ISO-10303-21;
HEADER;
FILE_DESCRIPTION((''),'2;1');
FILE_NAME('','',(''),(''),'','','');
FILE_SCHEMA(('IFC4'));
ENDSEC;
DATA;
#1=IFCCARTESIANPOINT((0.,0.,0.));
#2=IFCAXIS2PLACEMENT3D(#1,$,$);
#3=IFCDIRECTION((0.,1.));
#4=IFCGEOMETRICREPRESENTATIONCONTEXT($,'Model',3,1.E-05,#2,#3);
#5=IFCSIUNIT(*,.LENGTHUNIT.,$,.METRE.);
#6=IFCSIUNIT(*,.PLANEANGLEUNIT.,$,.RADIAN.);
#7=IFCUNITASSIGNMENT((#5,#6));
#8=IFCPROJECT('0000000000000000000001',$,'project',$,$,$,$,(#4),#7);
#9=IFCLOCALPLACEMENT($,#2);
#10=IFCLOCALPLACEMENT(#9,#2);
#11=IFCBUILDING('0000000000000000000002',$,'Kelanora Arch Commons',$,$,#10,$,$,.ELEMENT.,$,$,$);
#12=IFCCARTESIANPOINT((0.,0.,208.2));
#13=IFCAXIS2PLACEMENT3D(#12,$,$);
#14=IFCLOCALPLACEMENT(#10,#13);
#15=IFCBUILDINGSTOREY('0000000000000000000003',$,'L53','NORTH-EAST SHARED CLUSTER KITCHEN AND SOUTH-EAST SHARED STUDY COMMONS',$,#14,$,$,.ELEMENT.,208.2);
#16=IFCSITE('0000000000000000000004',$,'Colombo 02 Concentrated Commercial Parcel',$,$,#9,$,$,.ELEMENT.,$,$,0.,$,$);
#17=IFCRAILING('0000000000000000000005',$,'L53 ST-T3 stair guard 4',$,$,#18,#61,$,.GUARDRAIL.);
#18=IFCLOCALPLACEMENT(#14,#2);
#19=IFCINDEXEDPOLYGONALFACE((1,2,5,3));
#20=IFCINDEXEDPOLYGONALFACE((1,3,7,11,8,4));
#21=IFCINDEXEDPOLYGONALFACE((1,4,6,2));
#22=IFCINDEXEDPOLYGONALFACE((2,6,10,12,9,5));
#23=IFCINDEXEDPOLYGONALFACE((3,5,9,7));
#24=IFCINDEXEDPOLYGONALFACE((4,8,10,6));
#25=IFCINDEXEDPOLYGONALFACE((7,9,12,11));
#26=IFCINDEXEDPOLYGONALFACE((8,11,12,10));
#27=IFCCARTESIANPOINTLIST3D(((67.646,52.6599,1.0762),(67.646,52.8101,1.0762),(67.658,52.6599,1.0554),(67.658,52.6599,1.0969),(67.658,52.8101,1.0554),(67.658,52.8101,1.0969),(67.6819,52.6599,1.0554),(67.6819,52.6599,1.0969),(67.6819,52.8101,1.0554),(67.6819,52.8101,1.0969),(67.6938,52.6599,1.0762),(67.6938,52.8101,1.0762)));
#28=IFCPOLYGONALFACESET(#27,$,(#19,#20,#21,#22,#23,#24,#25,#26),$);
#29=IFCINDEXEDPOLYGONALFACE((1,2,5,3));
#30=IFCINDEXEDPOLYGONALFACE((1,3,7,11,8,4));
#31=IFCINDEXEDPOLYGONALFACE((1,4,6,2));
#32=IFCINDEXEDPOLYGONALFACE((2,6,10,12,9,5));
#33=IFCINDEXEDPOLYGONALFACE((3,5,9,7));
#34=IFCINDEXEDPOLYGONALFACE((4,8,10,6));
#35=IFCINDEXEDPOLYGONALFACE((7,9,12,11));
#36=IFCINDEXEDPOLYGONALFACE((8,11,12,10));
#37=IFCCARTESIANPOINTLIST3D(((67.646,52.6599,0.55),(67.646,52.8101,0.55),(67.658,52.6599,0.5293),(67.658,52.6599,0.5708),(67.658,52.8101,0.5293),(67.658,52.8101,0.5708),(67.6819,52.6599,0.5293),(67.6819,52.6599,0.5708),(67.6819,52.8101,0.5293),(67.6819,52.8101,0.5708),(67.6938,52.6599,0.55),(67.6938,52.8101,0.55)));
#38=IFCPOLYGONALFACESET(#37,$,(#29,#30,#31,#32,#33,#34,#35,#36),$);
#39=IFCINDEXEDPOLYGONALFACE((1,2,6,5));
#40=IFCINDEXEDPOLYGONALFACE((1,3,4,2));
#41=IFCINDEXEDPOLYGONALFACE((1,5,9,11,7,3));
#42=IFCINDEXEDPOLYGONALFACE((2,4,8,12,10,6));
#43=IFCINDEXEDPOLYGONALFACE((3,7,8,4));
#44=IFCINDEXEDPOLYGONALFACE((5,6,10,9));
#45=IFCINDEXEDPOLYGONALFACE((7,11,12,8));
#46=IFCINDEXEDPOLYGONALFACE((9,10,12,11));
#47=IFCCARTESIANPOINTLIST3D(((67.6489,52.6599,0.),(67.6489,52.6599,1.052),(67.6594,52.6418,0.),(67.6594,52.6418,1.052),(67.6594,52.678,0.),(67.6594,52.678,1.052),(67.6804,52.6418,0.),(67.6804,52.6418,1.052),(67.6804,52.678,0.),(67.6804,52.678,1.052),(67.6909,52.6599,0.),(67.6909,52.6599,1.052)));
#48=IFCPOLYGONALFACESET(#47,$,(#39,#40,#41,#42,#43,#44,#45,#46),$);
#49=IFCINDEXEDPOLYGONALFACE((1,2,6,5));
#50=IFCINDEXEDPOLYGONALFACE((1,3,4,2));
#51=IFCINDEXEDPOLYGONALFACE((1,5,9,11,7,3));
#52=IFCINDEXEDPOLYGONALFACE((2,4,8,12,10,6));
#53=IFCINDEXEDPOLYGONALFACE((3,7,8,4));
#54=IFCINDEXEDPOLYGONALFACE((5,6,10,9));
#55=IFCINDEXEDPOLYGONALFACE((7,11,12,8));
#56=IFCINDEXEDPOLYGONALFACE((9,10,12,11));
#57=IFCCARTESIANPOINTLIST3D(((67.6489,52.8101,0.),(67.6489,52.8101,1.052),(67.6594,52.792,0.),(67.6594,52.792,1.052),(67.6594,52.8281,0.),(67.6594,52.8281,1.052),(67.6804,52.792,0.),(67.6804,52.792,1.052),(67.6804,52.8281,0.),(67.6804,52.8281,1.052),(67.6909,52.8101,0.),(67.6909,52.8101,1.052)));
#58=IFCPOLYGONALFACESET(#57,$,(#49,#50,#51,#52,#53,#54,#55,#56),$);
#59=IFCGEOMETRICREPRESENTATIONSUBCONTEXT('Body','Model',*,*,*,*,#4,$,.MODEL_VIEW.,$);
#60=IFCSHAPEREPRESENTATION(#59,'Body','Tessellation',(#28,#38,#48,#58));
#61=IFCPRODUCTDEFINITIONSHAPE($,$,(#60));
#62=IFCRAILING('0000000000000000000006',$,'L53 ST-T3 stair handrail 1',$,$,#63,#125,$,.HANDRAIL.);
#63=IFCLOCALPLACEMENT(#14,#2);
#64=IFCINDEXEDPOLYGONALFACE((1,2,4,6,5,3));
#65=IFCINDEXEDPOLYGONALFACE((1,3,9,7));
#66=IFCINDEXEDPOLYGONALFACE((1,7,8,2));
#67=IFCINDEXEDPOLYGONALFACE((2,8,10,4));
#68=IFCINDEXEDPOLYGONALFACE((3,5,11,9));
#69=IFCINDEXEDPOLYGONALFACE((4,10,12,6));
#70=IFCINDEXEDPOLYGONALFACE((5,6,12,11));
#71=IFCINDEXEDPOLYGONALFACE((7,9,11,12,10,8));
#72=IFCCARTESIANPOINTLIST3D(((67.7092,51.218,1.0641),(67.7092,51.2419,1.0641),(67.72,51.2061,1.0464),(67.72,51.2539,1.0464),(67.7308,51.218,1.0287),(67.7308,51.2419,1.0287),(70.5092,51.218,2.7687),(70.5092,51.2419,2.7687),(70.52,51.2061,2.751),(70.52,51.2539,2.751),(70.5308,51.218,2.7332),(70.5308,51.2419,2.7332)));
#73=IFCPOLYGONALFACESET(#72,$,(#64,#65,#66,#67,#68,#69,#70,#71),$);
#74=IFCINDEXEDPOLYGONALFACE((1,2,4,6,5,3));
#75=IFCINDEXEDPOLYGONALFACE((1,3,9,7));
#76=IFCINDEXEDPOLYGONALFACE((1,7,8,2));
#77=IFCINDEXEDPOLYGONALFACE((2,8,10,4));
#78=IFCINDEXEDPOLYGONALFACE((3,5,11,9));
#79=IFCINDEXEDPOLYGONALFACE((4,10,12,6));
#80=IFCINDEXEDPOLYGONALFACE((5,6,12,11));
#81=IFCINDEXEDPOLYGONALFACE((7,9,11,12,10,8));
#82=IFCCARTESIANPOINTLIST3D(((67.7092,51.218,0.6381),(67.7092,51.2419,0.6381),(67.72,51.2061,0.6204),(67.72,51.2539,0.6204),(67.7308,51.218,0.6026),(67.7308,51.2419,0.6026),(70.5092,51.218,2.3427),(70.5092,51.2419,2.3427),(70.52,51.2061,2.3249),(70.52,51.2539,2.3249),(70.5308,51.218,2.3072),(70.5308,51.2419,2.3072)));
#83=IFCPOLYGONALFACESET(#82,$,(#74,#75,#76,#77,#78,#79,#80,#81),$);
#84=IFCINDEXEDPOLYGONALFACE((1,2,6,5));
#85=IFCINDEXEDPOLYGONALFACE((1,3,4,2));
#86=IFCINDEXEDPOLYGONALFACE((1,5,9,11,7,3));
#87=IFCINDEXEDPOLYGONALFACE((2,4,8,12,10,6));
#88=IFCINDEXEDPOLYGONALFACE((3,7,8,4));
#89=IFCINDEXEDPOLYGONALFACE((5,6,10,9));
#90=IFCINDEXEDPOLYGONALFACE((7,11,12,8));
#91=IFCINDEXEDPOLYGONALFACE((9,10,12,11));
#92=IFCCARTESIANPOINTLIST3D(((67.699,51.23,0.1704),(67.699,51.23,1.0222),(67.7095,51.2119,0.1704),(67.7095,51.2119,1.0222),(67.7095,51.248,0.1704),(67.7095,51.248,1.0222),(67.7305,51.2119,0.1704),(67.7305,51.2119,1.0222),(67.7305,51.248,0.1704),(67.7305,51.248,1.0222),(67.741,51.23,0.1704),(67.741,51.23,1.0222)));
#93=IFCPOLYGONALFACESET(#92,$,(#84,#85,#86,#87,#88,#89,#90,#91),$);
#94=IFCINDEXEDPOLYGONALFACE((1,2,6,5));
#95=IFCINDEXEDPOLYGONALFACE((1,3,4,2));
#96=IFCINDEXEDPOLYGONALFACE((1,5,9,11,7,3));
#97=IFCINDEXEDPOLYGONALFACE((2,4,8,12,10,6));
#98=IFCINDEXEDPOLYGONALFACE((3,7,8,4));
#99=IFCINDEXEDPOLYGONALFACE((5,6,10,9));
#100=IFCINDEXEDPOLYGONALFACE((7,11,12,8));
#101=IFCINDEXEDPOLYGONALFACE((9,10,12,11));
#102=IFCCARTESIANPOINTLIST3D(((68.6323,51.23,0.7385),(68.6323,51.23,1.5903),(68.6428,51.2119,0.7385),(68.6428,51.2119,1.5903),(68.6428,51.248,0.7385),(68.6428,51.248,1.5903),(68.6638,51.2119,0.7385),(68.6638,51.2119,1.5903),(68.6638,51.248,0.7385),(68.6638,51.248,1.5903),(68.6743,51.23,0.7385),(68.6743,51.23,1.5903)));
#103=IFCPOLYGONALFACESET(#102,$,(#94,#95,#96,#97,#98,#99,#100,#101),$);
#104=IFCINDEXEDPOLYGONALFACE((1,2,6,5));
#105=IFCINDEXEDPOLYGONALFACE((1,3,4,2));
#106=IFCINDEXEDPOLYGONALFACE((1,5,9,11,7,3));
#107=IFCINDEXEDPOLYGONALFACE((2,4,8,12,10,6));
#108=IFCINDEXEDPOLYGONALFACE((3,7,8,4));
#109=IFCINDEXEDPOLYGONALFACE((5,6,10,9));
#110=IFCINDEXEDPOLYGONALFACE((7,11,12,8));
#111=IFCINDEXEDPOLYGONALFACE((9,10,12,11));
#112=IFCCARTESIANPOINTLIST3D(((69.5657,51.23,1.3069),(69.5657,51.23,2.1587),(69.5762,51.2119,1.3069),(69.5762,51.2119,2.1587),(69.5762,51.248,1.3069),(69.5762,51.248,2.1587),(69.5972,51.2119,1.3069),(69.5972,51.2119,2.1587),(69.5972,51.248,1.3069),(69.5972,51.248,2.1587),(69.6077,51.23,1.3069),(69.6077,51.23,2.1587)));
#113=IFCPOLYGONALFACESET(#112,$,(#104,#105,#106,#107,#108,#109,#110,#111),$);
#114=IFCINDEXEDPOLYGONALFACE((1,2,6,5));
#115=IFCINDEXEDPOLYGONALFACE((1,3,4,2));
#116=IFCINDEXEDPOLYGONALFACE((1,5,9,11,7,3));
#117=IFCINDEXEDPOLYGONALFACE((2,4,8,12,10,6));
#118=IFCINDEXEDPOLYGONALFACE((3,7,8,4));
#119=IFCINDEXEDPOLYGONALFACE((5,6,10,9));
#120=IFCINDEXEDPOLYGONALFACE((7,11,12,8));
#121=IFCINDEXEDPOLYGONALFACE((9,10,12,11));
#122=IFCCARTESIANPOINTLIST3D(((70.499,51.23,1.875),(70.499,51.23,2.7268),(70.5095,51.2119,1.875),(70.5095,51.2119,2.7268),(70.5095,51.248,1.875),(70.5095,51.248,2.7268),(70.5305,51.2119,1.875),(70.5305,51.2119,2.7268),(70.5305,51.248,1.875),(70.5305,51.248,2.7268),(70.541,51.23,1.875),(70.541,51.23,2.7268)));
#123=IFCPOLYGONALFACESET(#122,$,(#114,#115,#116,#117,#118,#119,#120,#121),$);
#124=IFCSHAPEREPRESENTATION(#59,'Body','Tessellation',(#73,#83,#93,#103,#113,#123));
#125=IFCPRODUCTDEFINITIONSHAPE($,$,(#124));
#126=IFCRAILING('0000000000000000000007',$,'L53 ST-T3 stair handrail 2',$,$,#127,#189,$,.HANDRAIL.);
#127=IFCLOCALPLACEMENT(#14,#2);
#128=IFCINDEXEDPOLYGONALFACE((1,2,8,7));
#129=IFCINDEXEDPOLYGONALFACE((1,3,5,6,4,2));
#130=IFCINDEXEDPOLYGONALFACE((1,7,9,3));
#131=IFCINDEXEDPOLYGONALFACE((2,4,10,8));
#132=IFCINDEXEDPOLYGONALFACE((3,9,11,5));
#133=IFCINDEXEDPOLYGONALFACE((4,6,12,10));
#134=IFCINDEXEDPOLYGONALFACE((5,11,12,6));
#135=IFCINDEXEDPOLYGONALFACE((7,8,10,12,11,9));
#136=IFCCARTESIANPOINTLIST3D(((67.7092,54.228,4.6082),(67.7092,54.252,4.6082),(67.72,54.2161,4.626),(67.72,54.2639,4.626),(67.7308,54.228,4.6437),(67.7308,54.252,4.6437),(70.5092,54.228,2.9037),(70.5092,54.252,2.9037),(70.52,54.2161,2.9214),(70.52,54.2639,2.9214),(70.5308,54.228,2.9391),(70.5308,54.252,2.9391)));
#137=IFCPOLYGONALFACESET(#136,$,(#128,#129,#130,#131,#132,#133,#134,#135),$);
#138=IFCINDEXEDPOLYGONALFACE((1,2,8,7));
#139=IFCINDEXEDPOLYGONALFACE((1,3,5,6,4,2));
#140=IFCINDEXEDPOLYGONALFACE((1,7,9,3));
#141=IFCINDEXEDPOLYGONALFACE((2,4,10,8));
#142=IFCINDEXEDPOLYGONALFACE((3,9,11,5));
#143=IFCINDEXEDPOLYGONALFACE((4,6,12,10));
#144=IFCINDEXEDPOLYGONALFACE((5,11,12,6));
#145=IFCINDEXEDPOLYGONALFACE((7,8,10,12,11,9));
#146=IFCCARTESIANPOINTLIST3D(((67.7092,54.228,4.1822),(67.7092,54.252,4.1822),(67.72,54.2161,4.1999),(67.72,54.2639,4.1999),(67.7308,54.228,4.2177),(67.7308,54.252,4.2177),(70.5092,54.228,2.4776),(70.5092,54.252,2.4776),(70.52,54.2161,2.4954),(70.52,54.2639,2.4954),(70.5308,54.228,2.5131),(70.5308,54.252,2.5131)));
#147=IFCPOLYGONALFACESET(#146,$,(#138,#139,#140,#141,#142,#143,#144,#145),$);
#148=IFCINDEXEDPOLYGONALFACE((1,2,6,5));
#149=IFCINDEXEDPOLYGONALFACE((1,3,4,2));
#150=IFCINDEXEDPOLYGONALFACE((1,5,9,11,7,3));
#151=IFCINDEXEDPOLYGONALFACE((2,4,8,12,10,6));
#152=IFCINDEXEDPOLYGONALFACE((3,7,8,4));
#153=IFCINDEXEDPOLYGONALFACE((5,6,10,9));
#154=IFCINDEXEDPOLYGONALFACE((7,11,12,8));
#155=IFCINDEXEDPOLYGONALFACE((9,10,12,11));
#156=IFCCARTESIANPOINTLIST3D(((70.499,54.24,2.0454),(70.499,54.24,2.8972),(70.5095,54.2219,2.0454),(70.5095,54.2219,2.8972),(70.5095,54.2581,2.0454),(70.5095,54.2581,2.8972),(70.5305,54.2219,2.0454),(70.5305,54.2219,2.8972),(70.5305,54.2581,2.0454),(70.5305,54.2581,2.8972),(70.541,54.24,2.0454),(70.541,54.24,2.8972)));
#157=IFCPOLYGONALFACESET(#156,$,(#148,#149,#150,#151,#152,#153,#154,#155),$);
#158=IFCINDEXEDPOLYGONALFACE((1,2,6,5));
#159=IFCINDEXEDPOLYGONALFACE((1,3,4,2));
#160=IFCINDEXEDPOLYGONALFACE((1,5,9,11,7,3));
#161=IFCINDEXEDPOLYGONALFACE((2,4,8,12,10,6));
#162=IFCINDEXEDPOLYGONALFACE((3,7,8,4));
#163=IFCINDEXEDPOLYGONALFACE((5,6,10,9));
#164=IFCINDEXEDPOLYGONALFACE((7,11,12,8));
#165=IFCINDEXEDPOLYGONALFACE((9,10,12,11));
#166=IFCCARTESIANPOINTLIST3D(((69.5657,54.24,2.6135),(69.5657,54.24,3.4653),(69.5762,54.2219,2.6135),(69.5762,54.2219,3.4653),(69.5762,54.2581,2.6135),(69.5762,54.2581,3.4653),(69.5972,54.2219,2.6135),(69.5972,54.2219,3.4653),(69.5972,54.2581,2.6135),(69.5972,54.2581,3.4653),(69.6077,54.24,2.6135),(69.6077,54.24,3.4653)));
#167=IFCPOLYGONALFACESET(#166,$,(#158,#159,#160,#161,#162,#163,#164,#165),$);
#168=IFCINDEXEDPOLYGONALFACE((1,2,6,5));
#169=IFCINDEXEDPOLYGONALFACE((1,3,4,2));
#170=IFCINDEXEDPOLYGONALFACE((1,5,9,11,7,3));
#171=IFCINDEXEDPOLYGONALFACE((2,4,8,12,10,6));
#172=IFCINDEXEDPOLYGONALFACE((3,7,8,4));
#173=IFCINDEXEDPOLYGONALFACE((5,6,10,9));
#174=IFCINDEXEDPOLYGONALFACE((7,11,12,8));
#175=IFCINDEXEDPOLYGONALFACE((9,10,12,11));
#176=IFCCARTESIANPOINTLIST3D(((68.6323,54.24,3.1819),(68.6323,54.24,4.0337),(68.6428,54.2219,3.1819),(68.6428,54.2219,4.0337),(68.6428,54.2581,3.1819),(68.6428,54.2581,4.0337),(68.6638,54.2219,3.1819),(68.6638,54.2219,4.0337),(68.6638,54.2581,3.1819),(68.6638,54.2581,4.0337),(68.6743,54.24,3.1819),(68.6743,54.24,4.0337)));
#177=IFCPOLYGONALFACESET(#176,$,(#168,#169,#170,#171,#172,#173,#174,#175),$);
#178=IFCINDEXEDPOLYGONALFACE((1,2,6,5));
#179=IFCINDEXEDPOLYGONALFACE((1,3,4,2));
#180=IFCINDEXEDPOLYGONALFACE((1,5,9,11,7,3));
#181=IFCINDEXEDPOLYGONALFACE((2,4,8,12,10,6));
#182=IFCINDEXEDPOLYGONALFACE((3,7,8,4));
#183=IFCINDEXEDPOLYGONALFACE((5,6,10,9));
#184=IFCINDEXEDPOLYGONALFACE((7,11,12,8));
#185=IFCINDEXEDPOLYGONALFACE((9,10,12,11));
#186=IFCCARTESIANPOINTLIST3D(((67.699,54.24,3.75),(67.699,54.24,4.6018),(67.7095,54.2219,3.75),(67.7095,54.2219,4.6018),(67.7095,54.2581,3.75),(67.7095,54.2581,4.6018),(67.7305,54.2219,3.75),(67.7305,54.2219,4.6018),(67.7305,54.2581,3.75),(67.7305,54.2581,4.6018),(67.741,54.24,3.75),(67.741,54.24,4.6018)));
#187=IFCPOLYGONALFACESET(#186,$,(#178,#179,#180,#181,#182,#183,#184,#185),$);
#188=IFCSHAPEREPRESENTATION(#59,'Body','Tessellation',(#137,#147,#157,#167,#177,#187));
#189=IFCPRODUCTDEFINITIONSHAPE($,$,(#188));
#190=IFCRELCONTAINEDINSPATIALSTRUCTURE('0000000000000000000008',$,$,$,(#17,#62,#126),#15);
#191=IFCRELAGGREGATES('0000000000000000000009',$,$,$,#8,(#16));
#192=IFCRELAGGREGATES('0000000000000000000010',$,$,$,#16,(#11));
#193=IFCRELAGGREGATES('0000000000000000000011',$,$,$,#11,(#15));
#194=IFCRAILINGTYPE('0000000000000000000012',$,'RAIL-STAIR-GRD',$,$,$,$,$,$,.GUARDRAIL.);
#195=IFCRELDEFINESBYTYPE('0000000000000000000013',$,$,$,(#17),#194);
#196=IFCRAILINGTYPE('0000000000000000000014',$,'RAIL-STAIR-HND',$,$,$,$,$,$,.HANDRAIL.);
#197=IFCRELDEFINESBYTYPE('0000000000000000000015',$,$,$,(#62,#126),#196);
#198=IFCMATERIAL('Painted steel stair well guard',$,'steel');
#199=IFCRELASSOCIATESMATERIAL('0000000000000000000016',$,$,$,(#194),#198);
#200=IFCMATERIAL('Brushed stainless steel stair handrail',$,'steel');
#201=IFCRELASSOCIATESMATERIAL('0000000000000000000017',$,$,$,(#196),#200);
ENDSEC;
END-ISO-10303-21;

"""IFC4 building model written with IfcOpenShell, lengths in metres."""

from ifc_helpers import new_model, si_unit, direction, frame, origin, place, context, subcontext, project, spatial, polyline, outline, extrude, material, type_object, element, save


model = new_model("IFC4")

# Units and contexts
model_context = context("Model", 3, precision=1e-05, world=origin(), true_north=direction((0.0, 1.0)))
body_context = subcontext(model_context, "Body", "Model", "MODEL_VIEW")
ifc_project = project(units=[si_unit("LENGTHUNIT", "METRE"), si_unit("PLANEANGLEUNIT", "RADIAN")], contexts=[model_context])

# Site, building, storey
site_placement = place(None, origin())
site = spatial("IfcSite", under=ifc_project, at=site_placement, Name="Colombo 02 Concentrated Commercial Parcel", CompositionType="ELEMENT", RefElevation=0.0)
building_placement = place(site_placement, origin())
building = spatial("IfcBuilding", under=site, at=building_placement, Name="Kelanora Arch Commons", CompositionType="ELEMENT")
storey_placement = place(building_placement, frame((0.0, 0.0, 208.2)))
storey = spatial("IfcBuildingStorey", under=building, at=storey_placement, Name="L53", Description="NORTH-EAST SHARED CLUSTER KITCHEN AND SOUTH-EAST SHARED STUDY COMMONS", CompositionType="ELEMENT", Elevation=208.2)

# Railings
ifc_material_1 = material(Name="Painted steel stair well guard", Category="steel")
railing_type_1 = type_object("IfcRailingType", Name="RAIL-STAIR-GRD", PredefinedType="GUARDRAIL", material=ifc_material_1)
railing_1_placement = place(storey_placement, frame((67.6699, 52.6599, 0.0)))
element("IfcRailing", 1, at=railing_1_placement, inside=storey, type_object=railing_type_1, Name="L53 ST-T3 stair guard 4", PredefinedType="GUARDRAIL", context=body_context, shape_type="SweptSolid", body=[
    extrude(outline(polyline([(0.0239, 0.0), (0.012, 0.0208), (-0.012, 0.0208), (-0.0239, 0.0), (-0.012, -0.0208), (0.012, -0.0208), (0.0239, 0.0)])), frame((0.0, 0.0, 1.0762), z_axis=(0.0, 1.0, 0.0), x_axis=(-1.0, 0.0, 0.0)), (0.0, 0.0, 1.0), 0.1501),
    extrude(outline(polyline([(0.0239, 0.0), (0.012, 0.0208), (-0.012, 0.0208), (-0.0239, 0.0), (-0.012, -0.0208), (0.012, -0.0208), (0.0239, 0.0)])), frame((0.0, 0.0, 0.55), z_axis=(0.0, 1.0, 0.0), x_axis=(-1.0, 0.0, 0.0)), (0.0, 0.0, 1.0), 0.1501),
    extrude(outline(polyline([(0.021, 0.0), (0.0105, 0.0181), (-0.0105, 0.0181), (-0.021, 0.0), (-0.0105, -0.0181), (0.0105, -0.0181), (0.021, 0.0)])), origin(), (0.0, 0.0, 1.0), 1.052),
    extrude(outline(polyline([(0.021, 0.0), (0.0105, 0.0181), (-0.0105, 0.0181), (-0.021, 0.0), (-0.0105, -0.0181), (0.0105, -0.0181), (0.021, 0.0)])), frame((0.0, 0.1501, 0.0)), (0.0, 0.0, 1.0), 1.052),
])
ifc_material_2 = material(Name="Brushed stainless steel stair handrail", Category="steel")
railing_type_2 = type_object("IfcRailingType", Name="RAIL-STAIR-HND", PredefinedType="HANDRAIL", material=ifc_material_2)
railing_2_placement = place(storey_placement, frame((67.72, 51.23, 0.1704)))
element("IfcRailing", 2, at=railing_2_placement, inside=storey, type_object=railing_type_2, Name="L53 ST-T3 stair handrail 1", PredefinedType="HANDRAIL", context=body_context, shape_type="SweptSolid", body=[
    extrude(outline(polyline([(0.0239, 0.0), (0.012, 0.0208), (-0.012, 0.0208), (-0.0239, 0.0), (-0.012, -0.0208), (0.012, -0.0208), (0.0239, 0.0)])), frame((0.0, 0.0, 0.876), z_axis=(0.85417, 0.0, 0.519994), x_axis=(0.0, 1.0, 0.0)), (0.0, 0.0, 1.0), 3.2781),
    extrude(outline(polyline([(0.0239, 0.0), (0.012, 0.0208), (-0.012, 0.0208), (-0.0239, 0.0), (-0.012, -0.0208), (0.012, -0.0208), (0.0239, 0.0)])), frame((0.0, 0.0, 0.45), z_axis=(0.85417, 0.0, 0.519994), x_axis=(0.0, 1.0, 0.0)), (0.0, 0.0, 1.0), 3.2781),
    extrude(outline(polyline([(0.021, 0.0), (0.0105, 0.0181), (-0.0105, 0.0181), (-0.021, 0.0), (-0.0105, -0.0181), (0.0105, -0.0181), (0.021, 0.0)])), origin(), (0.0, 0.0, 1.0), 0.8518),
    extrude(outline(polyline([(0.021, 0.0), (0.0105, 0.0181), (-0.0105, 0.0181), (-0.021, 0.0), (-0.0105, -0.0181), (0.0105, -0.0181), (0.021, 0.0)])), frame((0.9333, 0.0, 0.5681)), (0.0, 0.0, 1.0), 0.8518),
    extrude(outline(polyline([(0.021, 0.0), (0.0105, 0.0181), (-0.0105, 0.0181), (-0.021, 0.0), (-0.0105, -0.0181), (0.0105, -0.0181), (0.021, 0.0)])), frame((1.8667, 0.0, 1.1365)), (0.0, 0.0, 1.0), 0.8518),
    extrude(outline(polyline([(0.021, 0.0), (0.0105, 0.0181), (-0.0105, 0.0181), (-0.021, 0.0), (-0.0105, -0.0181), (0.0105, -0.0181), (0.021, 0.0)])), frame((2.8, 0.0, 1.7046)), (0.0, 0.0, 1.0), 0.8518),
])
railing_3_placement = place(storey_placement, frame((70.52, 54.24, 2.0454)))
element("IfcRailing", 3, at=railing_3_placement, inside=storey, type_object=railing_type_2, Name="L53 ST-T3 stair handrail 2", PredefinedType="HANDRAIL", context=body_context, shape_type="SweptSolid", body=[
    extrude(outline(polyline([(0.0239, 0.0), (0.012, 0.0208), (-0.012, 0.0208), (-0.0239, 0.0), (-0.012, -0.0208), (0.012, -0.0208), (0.0239, 0.0)])), frame((0.0, 0.0, 0.876), z_axis=(-0.85417, 0.0, 0.519994), x_axis=(0.0, -1.0, 0.0)), (0.0, 0.0, 1.0), 3.2781),
    extrude(outline(polyline([(0.0239, 0.0), (0.012, 0.0208), (-0.012, 0.0208), (-0.0239, 0.0), (-0.012, -0.0208), (0.012, -0.0208), (0.0239, 0.0)])), frame((0.0, 0.0, 0.45), z_axis=(-0.85417, 0.0, 0.519994), x_axis=(0.0, -1.0, 0.0)), (0.0, 0.0, 1.0), 3.2781),
    extrude(outline(polyline([(0.021, 0.0), (0.0105, 0.0181), (-0.0105, 0.0181), (-0.021, 0.0), (-0.0105, -0.0181), (0.0105, -0.0181), (0.021, 0.0)])), origin(), (0.0, 0.0, 1.0), 0.8518),
    extrude(outline(polyline([(0.021, 0.0), (0.0105, 0.0181), (-0.0105, 0.0181), (-0.021, 0.0), (-0.0105, -0.0181), (0.0105, -0.0181), (0.021, 0.0)])), frame((-0.9333, 0.0, 0.5681)), (0.0, 0.0, 1.0), 0.8518),
    extrude(outline(polyline([(0.021, 0.0), (0.0105, 0.0181), (-0.0105, 0.0181), (-0.021, 0.0), (-0.0105, -0.0181), (0.0105, -0.0181), (0.021, 0.0)])), frame((-1.8667, 0.0, 1.1365)), (0.0, 0.0, 1.0), 0.8518),
    extrude(outline(polyline([(0.021, 0.0), (0.0105, 0.0181), (-0.0105, 0.0181), (-0.021, 0.0), (-0.0105, -0.0181), (0.0105, -0.0181), (0.021, 0.0)])), frame((-2.8, 0.0, 1.7046)), (0.0, 0.0, 1.0), 0.8518),
])

save(model, "model.ifc")
